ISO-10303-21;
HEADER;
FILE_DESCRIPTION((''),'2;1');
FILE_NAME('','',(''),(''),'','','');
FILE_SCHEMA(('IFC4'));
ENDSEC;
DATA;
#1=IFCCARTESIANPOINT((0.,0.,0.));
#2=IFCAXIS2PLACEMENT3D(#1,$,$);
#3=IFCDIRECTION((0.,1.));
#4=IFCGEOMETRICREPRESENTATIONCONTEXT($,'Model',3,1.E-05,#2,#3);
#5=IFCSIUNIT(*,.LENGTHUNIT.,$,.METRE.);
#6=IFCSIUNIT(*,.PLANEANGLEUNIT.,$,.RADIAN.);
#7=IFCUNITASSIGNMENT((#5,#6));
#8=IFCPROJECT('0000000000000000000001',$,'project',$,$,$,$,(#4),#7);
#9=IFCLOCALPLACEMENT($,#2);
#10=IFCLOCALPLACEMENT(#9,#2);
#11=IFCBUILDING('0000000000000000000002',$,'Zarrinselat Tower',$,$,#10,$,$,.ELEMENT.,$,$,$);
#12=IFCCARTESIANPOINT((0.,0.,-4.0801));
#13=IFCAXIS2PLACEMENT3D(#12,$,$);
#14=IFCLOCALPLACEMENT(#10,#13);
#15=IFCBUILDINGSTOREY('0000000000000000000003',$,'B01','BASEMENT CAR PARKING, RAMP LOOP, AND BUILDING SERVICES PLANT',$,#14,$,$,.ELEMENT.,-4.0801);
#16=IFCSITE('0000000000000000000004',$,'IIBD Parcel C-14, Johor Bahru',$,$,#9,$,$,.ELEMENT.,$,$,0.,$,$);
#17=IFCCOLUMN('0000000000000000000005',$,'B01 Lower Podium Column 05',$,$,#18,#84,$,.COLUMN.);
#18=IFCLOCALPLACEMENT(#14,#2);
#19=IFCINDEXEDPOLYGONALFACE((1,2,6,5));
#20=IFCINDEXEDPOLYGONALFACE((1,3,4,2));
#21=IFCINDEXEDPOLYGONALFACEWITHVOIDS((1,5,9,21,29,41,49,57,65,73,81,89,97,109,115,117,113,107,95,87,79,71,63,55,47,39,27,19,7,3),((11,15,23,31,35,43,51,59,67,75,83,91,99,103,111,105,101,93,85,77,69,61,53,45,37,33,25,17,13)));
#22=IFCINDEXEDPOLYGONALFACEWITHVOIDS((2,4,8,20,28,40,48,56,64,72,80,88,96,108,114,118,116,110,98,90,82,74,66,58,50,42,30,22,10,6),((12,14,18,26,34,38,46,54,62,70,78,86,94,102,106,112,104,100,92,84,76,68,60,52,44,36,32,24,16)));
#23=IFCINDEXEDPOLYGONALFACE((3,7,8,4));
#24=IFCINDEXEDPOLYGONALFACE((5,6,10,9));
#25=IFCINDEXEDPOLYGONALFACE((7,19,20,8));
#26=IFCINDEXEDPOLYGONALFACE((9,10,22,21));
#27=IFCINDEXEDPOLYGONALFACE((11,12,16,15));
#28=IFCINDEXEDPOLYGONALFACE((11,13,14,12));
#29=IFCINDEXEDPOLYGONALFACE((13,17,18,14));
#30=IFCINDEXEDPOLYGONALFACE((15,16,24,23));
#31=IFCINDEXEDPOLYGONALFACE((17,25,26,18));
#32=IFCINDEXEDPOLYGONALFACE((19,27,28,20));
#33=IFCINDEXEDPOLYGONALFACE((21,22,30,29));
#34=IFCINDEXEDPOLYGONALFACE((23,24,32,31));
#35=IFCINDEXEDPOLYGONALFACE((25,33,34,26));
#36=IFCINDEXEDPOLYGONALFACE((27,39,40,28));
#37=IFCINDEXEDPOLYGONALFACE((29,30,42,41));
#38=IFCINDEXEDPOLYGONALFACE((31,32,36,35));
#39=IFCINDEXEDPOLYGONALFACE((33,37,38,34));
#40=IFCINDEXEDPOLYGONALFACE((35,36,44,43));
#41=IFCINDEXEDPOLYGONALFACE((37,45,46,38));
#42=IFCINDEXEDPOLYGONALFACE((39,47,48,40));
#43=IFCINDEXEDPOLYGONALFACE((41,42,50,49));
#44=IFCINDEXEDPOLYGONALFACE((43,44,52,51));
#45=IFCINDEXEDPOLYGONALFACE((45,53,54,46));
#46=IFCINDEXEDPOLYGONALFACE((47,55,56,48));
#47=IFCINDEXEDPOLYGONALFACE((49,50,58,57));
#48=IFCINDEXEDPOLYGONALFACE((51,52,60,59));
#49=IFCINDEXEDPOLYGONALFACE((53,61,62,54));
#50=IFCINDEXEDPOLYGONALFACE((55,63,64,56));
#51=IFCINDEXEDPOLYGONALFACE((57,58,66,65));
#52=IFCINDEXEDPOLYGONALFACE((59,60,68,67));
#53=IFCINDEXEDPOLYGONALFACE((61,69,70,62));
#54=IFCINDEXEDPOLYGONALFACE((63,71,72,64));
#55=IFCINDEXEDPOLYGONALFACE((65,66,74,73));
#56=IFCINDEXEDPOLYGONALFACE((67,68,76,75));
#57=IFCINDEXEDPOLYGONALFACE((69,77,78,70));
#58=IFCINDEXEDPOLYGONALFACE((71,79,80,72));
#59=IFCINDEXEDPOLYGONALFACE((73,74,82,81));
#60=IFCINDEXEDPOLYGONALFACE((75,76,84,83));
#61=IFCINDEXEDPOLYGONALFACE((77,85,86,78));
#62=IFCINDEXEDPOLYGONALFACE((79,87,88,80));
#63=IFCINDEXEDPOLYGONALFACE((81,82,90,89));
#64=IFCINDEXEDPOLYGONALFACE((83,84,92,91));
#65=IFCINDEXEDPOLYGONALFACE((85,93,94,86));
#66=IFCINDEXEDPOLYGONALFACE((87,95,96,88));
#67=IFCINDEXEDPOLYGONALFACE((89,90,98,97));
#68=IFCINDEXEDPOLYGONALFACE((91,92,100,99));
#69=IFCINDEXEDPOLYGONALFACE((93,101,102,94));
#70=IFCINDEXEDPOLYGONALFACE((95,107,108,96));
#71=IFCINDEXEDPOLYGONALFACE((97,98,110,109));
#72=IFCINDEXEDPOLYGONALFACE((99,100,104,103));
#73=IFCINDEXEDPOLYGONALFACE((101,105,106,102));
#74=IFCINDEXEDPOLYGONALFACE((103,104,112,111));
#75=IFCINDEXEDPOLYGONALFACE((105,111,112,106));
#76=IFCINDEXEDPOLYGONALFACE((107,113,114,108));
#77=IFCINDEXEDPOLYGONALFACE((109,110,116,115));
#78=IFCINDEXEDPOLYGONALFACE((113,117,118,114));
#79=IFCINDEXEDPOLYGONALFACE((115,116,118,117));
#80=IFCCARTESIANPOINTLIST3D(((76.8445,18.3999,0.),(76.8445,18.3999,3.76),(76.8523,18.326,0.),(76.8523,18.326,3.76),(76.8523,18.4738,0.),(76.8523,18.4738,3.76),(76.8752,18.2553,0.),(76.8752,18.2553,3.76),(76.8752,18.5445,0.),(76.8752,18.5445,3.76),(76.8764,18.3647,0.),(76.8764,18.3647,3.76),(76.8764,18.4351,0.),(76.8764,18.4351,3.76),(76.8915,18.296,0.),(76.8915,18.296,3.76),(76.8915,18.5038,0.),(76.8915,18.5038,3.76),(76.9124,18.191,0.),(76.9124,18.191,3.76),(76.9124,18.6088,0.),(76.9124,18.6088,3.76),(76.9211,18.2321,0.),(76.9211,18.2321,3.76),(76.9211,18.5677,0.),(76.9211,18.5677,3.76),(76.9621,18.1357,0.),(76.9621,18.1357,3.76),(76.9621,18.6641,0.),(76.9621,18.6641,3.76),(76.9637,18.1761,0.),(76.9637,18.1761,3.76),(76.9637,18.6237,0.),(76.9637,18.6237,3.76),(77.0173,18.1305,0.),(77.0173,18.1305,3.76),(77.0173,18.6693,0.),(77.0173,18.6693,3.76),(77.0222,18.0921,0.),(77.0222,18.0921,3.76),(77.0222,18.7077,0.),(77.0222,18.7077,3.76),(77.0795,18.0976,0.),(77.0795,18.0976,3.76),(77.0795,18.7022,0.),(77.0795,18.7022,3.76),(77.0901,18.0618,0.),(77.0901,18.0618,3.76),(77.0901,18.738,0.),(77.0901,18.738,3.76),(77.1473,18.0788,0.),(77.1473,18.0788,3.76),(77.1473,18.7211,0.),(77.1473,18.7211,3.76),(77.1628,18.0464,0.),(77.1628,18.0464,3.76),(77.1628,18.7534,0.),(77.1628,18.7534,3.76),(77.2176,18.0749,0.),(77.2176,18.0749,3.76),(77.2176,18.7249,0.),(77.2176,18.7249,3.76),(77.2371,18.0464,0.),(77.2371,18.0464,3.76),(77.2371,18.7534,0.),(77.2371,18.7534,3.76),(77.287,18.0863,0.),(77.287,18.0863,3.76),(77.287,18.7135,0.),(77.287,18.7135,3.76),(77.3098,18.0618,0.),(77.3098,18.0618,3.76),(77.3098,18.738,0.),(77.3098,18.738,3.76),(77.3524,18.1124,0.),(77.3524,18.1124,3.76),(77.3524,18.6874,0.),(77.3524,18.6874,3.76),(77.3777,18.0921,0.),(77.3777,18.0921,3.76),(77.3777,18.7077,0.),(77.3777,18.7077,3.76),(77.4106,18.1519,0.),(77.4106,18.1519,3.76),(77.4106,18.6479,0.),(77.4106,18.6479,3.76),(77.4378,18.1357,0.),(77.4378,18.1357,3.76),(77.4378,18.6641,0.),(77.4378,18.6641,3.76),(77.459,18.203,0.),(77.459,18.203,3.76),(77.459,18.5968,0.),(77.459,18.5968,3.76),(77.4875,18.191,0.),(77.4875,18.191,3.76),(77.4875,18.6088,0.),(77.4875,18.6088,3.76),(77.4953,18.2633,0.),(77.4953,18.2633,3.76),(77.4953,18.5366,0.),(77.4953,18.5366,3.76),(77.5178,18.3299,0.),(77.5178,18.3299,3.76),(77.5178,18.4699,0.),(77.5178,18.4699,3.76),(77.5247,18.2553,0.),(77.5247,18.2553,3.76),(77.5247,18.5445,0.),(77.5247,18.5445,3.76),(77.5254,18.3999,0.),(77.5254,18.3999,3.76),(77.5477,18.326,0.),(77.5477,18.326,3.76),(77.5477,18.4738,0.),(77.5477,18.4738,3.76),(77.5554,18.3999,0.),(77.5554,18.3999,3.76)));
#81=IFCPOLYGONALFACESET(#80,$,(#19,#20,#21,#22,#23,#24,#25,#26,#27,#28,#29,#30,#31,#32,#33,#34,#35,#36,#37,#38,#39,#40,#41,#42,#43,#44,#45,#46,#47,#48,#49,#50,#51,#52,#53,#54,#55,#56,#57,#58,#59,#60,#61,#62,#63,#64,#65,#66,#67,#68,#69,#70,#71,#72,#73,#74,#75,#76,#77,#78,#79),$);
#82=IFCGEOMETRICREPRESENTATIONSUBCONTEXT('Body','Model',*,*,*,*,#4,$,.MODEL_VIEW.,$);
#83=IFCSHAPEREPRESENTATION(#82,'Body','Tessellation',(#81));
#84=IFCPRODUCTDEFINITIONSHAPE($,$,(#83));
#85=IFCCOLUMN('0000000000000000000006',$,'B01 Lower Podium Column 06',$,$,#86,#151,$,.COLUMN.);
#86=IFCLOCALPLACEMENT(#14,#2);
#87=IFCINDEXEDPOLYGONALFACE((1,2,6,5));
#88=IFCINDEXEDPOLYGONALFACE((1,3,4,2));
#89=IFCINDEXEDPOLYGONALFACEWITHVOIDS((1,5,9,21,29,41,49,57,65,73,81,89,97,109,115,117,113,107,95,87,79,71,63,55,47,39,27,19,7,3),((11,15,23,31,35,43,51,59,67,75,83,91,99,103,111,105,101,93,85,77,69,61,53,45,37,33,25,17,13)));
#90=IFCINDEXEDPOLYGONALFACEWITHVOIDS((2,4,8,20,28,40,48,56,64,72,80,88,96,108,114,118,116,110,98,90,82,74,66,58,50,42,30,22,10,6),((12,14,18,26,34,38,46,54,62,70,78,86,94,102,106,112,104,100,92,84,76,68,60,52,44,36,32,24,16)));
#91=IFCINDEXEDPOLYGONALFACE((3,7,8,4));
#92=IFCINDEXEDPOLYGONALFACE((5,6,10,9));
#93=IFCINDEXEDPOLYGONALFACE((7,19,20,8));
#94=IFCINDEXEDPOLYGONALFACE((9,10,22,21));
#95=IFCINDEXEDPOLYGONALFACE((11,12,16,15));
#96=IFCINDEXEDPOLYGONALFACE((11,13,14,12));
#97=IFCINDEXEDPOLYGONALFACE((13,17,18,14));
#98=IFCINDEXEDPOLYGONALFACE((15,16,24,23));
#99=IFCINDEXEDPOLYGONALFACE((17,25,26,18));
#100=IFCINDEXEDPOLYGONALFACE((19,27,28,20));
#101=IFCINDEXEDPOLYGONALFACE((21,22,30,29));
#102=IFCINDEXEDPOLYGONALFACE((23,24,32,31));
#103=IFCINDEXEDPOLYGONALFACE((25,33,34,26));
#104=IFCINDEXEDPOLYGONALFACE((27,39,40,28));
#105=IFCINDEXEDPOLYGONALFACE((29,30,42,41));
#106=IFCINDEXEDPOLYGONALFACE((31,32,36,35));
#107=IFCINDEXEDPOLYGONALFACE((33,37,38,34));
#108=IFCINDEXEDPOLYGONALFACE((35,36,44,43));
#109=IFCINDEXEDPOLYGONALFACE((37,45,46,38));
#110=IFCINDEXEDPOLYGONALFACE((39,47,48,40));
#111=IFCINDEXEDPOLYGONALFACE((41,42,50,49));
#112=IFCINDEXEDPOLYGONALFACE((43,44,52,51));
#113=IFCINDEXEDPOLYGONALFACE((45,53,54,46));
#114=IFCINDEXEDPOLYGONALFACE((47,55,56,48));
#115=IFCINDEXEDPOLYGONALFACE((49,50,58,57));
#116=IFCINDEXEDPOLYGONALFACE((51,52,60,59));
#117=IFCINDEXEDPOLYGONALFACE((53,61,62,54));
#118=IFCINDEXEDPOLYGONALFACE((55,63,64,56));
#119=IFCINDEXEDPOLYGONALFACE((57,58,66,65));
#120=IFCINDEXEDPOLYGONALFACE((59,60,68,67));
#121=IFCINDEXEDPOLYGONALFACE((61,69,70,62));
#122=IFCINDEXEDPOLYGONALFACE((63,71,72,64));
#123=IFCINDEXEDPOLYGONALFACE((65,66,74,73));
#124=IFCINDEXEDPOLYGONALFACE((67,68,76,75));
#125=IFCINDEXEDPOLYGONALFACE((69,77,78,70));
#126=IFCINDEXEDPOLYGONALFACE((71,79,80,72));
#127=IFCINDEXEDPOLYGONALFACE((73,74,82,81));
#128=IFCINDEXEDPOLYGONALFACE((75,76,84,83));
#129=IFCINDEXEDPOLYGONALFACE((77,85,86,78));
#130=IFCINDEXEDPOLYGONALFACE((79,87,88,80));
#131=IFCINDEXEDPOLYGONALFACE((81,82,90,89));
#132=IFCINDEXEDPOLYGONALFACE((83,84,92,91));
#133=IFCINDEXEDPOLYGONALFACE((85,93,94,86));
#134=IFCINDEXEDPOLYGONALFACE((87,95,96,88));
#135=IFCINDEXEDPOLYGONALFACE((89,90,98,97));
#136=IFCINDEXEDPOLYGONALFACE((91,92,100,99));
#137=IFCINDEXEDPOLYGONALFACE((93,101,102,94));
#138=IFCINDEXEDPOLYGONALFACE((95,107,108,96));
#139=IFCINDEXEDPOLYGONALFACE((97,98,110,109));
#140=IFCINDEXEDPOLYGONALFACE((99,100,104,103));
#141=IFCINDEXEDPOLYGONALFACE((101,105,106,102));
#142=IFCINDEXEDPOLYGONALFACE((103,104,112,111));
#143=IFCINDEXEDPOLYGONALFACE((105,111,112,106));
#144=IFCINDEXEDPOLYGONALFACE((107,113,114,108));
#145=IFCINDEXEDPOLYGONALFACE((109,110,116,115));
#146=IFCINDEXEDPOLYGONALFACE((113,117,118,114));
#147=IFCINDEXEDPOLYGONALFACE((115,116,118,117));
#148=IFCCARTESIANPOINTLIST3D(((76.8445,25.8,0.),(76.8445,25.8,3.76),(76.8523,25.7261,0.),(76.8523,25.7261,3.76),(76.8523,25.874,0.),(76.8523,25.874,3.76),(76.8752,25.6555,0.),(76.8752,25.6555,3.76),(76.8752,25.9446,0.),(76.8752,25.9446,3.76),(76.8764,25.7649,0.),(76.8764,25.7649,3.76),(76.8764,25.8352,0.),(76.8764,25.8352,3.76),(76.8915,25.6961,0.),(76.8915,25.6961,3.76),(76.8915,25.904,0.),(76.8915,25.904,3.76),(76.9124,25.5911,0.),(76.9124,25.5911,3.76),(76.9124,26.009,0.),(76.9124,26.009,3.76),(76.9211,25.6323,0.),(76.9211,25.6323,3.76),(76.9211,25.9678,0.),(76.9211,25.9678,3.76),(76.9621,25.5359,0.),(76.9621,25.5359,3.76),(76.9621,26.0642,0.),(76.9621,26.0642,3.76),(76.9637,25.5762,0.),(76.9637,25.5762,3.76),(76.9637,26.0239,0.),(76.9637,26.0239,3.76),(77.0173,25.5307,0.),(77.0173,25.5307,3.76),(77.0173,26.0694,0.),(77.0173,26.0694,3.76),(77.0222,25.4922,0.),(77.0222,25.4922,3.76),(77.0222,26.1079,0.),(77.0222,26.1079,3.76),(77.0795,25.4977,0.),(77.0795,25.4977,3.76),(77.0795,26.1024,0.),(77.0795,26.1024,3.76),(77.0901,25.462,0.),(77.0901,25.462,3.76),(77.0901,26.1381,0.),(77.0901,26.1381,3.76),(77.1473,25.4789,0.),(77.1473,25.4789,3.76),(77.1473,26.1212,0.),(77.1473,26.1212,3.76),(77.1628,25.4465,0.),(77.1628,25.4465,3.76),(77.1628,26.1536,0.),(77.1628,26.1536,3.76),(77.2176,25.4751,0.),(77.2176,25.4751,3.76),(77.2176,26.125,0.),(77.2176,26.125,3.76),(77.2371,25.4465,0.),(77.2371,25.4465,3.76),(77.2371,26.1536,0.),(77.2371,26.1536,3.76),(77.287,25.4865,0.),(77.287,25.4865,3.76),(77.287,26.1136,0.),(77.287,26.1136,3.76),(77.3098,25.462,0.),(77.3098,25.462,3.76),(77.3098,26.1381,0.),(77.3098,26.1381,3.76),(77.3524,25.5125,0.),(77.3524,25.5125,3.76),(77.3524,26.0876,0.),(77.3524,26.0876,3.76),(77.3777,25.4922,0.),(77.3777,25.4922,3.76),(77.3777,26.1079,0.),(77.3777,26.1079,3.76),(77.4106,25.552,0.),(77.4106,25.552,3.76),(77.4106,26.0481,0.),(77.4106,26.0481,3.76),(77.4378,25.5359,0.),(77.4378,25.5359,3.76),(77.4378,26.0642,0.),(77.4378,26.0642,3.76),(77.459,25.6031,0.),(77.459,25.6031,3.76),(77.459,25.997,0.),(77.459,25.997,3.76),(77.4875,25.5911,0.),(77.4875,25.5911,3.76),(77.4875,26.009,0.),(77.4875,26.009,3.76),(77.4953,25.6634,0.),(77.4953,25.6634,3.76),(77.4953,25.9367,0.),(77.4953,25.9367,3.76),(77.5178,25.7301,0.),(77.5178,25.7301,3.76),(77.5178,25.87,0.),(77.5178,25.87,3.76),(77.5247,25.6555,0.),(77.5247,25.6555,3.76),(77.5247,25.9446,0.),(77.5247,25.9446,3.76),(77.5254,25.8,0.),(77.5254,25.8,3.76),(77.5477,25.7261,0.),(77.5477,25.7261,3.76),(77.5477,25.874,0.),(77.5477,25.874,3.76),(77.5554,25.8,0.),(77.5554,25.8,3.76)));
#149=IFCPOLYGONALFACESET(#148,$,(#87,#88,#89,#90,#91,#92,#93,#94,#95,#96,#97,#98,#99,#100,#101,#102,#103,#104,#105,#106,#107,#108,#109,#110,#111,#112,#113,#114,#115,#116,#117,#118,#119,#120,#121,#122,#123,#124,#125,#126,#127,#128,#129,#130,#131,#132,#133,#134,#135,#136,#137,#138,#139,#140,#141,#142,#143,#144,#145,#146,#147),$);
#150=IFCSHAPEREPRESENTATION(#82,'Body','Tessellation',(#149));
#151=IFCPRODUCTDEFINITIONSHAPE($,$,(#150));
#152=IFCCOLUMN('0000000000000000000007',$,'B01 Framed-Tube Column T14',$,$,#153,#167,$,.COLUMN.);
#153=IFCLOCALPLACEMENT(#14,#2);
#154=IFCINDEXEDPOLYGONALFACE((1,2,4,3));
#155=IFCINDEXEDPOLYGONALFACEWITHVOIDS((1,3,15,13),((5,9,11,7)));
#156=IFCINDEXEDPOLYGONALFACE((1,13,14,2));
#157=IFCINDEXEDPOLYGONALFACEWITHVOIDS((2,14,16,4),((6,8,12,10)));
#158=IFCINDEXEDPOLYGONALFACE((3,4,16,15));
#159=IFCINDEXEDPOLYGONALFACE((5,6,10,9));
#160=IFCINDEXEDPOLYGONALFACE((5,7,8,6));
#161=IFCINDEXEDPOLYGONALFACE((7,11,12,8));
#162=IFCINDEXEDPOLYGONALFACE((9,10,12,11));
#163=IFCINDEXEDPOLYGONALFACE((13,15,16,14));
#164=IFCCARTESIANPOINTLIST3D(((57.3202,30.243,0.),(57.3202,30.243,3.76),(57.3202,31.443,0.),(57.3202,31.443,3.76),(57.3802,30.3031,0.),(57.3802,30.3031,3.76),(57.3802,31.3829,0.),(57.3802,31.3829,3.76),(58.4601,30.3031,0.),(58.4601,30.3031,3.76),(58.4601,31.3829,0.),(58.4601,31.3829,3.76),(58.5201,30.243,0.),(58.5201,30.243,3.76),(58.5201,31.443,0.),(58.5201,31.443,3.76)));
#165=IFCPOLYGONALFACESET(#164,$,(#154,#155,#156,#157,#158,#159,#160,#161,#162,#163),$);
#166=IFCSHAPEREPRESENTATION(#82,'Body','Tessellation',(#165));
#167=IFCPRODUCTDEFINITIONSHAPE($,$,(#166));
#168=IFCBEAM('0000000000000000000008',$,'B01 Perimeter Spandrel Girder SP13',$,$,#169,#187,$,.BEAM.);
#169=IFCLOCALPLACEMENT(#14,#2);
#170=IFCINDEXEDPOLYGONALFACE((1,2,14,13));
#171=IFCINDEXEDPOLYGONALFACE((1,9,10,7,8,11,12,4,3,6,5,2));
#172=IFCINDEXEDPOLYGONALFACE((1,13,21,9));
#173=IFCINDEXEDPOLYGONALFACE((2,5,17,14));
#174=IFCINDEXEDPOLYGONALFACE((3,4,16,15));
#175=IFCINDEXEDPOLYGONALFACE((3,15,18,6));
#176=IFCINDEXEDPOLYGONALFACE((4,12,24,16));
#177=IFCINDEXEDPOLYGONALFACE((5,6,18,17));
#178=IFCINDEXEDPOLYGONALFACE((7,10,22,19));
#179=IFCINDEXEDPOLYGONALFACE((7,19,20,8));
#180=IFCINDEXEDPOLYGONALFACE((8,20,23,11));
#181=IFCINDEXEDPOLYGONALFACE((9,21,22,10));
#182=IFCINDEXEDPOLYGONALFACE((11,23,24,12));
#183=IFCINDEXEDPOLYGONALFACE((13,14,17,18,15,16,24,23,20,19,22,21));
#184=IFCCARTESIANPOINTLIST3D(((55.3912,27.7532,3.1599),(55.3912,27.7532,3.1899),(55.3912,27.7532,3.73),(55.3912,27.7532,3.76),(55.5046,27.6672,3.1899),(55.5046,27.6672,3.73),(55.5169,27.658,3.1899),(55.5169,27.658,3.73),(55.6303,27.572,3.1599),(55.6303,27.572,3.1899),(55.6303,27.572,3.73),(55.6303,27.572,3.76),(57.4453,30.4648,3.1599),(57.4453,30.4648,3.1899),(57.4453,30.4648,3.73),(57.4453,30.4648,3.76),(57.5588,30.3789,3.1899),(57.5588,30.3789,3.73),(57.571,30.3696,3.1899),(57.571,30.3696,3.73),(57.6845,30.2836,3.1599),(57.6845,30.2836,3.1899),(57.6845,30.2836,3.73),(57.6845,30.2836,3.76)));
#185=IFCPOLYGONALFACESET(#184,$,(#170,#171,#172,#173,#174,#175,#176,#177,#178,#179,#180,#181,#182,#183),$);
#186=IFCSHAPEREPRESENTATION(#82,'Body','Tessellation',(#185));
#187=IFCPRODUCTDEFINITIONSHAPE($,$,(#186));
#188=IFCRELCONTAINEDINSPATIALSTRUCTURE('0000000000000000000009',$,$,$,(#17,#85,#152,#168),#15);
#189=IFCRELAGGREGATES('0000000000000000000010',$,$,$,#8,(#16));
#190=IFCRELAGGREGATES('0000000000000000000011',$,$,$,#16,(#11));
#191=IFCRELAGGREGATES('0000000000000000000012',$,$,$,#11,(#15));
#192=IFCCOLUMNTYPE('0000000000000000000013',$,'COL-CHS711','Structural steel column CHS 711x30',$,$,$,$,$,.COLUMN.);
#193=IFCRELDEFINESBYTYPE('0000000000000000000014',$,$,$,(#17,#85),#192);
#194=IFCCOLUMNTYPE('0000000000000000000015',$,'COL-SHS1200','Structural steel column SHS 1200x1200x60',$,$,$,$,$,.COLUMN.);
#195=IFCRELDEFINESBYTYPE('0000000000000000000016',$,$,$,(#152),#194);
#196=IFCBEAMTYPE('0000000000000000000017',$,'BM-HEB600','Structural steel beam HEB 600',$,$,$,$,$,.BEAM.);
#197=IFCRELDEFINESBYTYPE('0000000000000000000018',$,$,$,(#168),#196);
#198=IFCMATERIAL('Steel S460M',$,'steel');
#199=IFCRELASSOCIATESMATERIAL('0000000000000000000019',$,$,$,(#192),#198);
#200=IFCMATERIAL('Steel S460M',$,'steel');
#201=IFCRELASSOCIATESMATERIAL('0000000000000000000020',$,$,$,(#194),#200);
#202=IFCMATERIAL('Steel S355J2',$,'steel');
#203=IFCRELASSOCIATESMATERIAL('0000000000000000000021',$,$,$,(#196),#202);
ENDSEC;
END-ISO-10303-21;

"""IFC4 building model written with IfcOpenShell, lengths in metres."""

from ifc_helpers import new_model, si_unit, direction, frame, origin, origin_2d, place, context, subcontext, project, spatial, hollow_rectangle, hollow_circle, i_section, extrude, material, material_profile, profile_set, type_object, element, save


model = new_model("IFC4")

# Units and contexts
model_context = context("Model", 3, precision=1e-05, world=origin(), true_north=direction((0.0, 1.0)))
body_context = subcontext(model_context, "Body", "Model", "MODEL_VIEW")
ifc_project = project(units=[si_unit("LENGTHUNIT", "METRE"), si_unit("PLANEANGLEUNIT", "RADIAN")], contexts=[model_context])

# Site, building, storey
site_placement = place(None, origin())
site = spatial("IfcSite", under=ifc_project, at=site_placement, Name="IIBD Parcel C-14, Johor Bahru", CompositionType="ELEMENT", RefElevation=0.0)
building_placement = place(site_placement, origin())
building = spatial("IfcBuilding", under=site, at=building_placement, Name="Zarrinselat Tower", CompositionType="ELEMENT")
storey_placement = place(building_placement, frame((0.0, 0.0, -4.0801)))
storey = spatial("IfcBuildingStorey", under=building, at=storey_placement, Name="B01", Description="BASEMENT CAR PARKING, RAMP LOOP, AND BUILDING SERVICES PLANT", CompositionType="ELEMENT", Elevation=-4.0801)

# Columns
ifc_material_1 = material(Name="Steel S460M", Category="steel")
ifc_material_profile_1 = material_profile(ifc_material_1, hollow_circle(Radius=0.3555, WallThickness=0.03, at=origin_2d()), Name="CHS 711x30")
ifc_profile_set_1 = profile_set([ifc_material_profile_1], Name="Steel S460M")
column_type_1 = type_object("IfcColumnType", Name="COL-CHS711", Description="Structural steel column CHS 711x30", PredefinedType="COLUMN", material=ifc_profile_set_1)
for number, where, z_axis, x_axis, name in (
    (1, (77.2, 18.3999, 0.0), (0.0, 0.0, 1.0), (1.0, 0.0, 0.0), "B01 Lower Podium Column 05"),
    (2, (77.2, 25.8, 0.0), (0.0, 0.0, 1.0), (1.0, 0.0, 0.0), "B01 Lower Podium Column 06"),
):
    element("IfcColumn", number, at=place(storey_placement, frame(where, z_axis=z_axis, x_axis=x_axis)), inside=storey, type_object=column_type_1, Name=name, PredefinedType="COLUMN", context=body_context, shape_type="SweptSolid", body=[
        extrude(hollow_circle(Radius=0.3555, WallThickness=0.03, at=origin_2d()), origin(), (0.0, 0.0, 1.0), 3.76),
    ])
ifc_material_2 = material(Name="Steel S460M", Category="steel")
ifc_material_profile_2 = material_profile(ifc_material_2, hollow_rectangle(XDim=1.2, YDim=1.2, WallThickness=0.0601, at=origin_2d()), Name="SHS 1200x1200x60")
ifc_profile_set_2 = profile_set([ifc_material_profile_2], Name="Steel S460M")
column_type_2 = type_object("IfcColumnType", Name="COL-SHS1200", Description="Structural steel column SHS 1200x1200x60", PredefinedType="COLUMN", material=ifc_profile_set_2)
column_placement = place(storey_placement, frame((57.9202, 30.843, 0.0), z_axis=(0.0, 0.0, 1.0), x_axis=(1.0, 0.0, 0.0)))
element("IfcColumn", 3, at=column_placement, inside=storey, type_object=column_type_2, Name="B01 Framed-Tube Column T14", PredefinedType="COLUMN", context=body_context, shape_type="SweptSolid", body=[
    extrude(hollow_rectangle(XDim=1.2, YDim=1.2, WallThickness=0.0601, at=origin_2d()), origin(), (0.0, 0.0, 1.0), 3.76),
])

# Beam
ifc_material_3 = material(Name="Steel S355J2", Category="steel")
ifc_material_profile_3 = material_profile(ifc_material_3, i_section(OverallWidth=0.3, OverallDepth=0.6001, WebThickness=0.0154, FlangeThickness=0.03, at=origin_2d()), Name="HEB 600")
ifc_profile_set_3 = profile_set([ifc_material_profile_3], Name="Steel S355J2")
beam_type = type_object("IfcBeamType", Name="BM-HEB600", Description="Structural steel beam HEB 600", PredefinedType="BEAM", material=ifc_profile_set_3)
beam_1_placement = place(storey_placement, frame((55.5107, 27.6626, 3.46), z_axis=(0.60384, 0.797106, 0.0), x_axis=(-0.797106, 0.60384, 0.0)))
element("IfcBeam", 4, at=beam_1_placement, inside=storey, type_object=beam_type, Name="B01 Perimeter Spandrel Girder SP13", PredefinedType="BEAM", context=body_context, shape_type="SweptSolid", body=[
    extrude(i_section(OverallWidth=0.3, OverallDepth=0.6001, WebThickness=0.0154, FlangeThickness=0.03, at=origin_2d()), origin(), (0.0, 0.0, 1.0), 3.4019),
])

save(model, "model.ifc")
